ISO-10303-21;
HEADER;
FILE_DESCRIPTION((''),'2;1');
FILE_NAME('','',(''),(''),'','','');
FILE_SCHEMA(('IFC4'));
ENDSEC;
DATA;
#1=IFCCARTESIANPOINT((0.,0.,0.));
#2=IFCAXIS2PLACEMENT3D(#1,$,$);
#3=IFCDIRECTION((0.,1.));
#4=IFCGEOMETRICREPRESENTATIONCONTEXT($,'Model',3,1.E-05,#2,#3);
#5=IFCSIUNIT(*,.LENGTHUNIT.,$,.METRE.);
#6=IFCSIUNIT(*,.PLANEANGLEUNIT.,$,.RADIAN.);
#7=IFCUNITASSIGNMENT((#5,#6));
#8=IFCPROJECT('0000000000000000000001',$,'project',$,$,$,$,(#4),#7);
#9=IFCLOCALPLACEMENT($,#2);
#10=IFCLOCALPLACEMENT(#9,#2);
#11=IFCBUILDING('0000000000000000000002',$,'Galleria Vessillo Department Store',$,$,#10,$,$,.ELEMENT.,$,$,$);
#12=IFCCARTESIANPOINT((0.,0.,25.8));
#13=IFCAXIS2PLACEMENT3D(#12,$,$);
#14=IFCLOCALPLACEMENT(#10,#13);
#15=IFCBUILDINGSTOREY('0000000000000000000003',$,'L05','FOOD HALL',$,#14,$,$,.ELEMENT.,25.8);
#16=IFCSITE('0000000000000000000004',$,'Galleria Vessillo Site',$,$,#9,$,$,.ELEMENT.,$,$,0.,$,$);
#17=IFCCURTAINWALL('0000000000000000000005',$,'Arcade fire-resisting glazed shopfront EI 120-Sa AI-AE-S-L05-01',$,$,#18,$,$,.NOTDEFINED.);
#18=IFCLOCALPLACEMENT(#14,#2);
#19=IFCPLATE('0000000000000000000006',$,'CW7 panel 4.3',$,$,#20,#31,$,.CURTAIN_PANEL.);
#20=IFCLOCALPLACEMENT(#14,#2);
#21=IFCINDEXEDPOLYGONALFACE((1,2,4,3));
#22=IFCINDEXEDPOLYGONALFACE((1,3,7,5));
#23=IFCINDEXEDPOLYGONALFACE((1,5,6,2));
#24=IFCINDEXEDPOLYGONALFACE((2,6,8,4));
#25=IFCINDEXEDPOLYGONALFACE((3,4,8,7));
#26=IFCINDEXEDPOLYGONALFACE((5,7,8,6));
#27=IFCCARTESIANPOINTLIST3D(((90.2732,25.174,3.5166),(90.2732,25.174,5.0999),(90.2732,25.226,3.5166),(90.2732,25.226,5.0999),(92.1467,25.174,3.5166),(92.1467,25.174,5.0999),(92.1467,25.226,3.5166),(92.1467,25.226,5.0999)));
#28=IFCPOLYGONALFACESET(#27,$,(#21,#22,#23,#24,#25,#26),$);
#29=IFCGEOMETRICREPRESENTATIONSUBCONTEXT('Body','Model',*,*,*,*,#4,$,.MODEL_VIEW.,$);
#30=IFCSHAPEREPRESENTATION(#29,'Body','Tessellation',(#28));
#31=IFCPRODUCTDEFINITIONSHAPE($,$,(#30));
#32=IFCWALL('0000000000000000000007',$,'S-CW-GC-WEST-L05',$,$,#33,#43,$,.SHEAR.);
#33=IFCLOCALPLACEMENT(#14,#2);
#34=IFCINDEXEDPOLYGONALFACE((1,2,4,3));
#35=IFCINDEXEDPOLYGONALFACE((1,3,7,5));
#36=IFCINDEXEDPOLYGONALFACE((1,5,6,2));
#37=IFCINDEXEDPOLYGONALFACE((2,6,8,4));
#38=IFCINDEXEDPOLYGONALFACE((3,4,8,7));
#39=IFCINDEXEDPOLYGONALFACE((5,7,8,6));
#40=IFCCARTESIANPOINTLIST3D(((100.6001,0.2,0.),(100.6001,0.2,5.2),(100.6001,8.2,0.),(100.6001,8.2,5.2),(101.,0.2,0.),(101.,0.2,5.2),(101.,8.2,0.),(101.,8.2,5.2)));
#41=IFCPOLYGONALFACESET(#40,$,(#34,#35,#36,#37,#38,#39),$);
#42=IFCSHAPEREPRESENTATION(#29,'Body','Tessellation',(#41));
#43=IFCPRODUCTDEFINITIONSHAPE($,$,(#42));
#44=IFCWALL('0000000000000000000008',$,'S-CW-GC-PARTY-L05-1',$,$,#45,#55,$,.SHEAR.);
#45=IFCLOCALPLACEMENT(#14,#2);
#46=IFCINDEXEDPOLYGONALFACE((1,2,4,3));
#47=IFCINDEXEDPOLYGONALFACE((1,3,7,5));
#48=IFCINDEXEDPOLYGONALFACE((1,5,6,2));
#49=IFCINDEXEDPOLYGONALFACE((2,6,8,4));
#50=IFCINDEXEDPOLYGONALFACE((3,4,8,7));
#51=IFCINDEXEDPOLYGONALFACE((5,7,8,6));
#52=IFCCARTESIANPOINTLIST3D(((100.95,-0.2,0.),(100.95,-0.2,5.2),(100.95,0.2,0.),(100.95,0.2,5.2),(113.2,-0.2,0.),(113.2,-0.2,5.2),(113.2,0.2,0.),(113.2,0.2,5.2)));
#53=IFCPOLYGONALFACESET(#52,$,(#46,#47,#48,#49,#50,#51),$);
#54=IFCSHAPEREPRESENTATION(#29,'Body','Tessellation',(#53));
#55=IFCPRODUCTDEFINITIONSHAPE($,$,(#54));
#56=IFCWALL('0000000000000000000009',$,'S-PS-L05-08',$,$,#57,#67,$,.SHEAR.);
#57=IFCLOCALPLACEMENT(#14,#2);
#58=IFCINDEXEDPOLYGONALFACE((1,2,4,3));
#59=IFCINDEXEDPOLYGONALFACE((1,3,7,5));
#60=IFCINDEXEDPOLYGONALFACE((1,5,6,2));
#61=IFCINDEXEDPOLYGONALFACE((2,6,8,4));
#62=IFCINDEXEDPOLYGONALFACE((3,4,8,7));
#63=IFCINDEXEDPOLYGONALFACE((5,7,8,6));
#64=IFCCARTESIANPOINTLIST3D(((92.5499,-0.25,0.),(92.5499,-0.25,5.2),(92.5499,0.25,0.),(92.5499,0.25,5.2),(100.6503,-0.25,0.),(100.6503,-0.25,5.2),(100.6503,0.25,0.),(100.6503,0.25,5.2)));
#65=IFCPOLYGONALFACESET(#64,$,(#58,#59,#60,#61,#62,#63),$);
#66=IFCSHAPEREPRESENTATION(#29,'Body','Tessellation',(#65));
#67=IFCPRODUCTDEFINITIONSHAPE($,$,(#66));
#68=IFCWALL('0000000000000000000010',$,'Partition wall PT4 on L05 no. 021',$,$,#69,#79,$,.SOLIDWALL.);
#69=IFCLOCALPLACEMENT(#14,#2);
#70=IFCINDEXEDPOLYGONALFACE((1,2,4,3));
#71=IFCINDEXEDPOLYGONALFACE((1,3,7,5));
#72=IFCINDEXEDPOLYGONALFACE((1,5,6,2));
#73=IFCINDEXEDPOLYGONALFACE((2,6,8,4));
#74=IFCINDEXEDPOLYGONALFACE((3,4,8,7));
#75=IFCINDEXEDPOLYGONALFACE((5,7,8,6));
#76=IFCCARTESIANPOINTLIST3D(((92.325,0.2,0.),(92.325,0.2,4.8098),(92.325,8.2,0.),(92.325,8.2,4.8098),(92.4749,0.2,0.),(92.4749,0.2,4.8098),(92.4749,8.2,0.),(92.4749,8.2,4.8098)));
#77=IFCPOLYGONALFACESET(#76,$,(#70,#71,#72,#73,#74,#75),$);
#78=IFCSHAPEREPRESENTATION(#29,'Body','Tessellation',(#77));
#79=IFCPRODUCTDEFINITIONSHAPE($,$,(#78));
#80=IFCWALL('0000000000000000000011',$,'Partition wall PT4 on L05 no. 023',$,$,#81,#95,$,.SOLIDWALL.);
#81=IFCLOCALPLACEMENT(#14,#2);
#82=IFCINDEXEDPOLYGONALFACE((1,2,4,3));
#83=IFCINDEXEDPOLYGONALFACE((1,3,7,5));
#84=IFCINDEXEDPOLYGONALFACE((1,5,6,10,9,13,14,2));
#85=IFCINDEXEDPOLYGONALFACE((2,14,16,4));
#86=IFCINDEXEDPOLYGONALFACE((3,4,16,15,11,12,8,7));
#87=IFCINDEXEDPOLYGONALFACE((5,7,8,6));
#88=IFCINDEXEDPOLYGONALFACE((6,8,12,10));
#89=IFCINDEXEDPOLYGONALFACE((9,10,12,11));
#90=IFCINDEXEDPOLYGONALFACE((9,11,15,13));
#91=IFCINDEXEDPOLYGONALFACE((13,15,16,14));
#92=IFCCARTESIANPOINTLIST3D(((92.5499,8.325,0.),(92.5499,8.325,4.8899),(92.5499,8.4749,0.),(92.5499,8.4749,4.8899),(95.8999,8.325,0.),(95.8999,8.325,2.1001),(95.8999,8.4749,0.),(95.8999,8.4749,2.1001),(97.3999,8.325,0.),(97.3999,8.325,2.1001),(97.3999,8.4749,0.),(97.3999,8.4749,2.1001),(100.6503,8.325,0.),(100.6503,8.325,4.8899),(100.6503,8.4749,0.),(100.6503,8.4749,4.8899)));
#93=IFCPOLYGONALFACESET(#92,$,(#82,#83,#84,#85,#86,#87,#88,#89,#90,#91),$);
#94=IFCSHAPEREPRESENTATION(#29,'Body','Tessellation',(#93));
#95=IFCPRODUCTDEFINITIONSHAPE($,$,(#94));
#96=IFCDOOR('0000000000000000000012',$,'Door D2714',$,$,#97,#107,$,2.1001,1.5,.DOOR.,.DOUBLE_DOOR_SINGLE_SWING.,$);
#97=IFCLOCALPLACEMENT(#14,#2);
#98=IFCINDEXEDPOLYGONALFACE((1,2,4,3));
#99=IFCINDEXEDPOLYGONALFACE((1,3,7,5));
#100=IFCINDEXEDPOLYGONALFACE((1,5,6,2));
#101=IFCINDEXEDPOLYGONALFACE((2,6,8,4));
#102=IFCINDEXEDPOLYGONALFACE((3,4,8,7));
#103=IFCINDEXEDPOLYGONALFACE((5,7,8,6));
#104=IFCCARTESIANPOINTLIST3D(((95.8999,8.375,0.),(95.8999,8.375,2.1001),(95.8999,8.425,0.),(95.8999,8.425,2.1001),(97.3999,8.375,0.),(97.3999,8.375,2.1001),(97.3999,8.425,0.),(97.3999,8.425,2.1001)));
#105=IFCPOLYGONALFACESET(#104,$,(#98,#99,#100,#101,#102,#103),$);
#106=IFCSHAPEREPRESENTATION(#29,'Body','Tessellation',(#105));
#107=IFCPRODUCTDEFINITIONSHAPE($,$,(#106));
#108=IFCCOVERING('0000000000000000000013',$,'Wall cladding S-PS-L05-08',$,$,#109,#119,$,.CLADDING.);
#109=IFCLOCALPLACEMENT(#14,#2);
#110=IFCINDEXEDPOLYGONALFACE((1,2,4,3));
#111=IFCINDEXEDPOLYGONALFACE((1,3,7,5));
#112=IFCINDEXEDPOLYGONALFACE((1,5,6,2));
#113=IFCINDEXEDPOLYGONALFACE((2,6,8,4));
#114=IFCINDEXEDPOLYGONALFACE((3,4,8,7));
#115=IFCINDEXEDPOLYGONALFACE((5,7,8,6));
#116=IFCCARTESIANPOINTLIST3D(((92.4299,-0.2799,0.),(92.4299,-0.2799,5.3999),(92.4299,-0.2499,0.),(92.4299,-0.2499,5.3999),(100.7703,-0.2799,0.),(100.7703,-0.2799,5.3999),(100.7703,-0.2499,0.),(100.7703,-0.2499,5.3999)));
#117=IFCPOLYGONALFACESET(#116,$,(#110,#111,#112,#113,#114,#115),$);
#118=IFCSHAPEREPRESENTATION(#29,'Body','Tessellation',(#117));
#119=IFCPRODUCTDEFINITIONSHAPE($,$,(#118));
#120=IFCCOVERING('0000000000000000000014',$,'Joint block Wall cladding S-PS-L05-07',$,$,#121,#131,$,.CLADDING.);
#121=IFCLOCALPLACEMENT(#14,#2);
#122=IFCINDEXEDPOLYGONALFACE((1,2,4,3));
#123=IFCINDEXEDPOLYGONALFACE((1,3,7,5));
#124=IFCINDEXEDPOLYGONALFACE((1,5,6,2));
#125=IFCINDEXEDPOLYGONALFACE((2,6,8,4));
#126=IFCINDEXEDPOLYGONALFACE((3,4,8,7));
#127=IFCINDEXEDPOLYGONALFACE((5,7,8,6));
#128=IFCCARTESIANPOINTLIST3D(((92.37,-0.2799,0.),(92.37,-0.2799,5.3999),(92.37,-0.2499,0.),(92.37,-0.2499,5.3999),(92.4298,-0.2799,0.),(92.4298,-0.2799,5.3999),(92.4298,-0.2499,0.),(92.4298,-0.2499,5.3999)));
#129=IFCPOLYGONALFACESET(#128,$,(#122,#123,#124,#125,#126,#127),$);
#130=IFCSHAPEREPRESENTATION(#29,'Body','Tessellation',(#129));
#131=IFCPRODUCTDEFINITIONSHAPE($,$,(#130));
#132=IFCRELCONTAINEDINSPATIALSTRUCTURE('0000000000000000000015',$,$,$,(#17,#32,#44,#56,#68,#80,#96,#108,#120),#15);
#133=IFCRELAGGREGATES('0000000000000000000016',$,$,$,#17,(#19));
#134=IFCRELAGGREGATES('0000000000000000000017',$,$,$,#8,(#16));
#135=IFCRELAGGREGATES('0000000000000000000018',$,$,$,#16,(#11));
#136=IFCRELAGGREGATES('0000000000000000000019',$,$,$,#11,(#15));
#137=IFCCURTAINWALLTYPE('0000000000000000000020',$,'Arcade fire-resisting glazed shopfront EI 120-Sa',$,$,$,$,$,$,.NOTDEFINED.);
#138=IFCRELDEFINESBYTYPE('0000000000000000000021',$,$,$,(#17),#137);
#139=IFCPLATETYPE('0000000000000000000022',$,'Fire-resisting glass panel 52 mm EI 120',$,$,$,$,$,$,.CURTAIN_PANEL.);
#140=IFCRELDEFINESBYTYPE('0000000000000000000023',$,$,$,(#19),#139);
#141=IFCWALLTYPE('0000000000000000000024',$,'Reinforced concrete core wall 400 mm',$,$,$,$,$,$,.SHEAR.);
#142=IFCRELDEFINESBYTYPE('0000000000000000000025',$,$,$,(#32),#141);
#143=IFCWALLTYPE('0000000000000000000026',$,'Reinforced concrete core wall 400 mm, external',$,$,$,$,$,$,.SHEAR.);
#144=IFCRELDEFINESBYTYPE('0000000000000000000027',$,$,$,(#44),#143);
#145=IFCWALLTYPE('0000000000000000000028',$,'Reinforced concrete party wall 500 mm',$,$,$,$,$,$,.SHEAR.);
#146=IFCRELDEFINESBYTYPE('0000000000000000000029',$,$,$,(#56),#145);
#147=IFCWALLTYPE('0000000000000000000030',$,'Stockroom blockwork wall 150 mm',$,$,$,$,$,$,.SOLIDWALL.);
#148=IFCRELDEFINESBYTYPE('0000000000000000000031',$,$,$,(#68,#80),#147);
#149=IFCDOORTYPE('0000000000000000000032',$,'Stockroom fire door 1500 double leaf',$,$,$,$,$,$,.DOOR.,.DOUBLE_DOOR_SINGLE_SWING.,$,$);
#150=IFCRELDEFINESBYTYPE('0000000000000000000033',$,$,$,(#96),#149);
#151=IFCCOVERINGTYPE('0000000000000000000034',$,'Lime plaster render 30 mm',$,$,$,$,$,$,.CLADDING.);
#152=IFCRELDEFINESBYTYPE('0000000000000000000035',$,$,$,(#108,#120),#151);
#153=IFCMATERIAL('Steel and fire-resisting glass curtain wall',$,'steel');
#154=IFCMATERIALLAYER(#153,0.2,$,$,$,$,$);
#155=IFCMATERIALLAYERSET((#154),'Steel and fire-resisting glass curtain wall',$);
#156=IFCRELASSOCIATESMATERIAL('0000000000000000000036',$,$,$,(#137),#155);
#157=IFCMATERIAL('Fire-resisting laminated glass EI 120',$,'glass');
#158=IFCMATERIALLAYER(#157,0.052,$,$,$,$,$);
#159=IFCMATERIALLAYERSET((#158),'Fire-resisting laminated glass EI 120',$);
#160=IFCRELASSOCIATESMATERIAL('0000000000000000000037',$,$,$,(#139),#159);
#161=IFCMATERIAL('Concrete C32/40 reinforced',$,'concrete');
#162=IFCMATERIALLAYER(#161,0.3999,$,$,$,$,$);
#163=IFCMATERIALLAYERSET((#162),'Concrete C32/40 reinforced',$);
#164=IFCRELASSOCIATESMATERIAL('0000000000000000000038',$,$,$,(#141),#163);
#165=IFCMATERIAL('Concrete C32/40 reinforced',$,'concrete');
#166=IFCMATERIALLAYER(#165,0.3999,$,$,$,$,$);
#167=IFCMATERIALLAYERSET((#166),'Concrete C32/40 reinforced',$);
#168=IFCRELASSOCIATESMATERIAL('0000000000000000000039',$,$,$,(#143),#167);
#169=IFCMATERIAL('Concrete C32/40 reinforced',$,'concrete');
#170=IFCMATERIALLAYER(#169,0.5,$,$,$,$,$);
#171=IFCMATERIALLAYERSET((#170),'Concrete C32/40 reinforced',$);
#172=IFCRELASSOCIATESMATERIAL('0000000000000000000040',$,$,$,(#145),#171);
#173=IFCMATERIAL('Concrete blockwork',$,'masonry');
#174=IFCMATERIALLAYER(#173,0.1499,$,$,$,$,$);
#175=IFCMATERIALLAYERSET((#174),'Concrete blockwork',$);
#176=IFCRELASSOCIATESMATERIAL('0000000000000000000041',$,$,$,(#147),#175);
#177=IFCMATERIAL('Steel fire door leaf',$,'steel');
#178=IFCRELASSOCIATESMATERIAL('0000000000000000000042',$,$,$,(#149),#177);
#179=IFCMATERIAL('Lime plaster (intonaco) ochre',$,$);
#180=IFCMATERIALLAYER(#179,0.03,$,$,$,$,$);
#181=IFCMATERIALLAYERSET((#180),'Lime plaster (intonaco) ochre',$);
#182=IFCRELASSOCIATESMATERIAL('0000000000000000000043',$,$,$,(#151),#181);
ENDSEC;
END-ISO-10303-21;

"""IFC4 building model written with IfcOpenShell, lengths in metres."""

from ifc_helpers import new_model, si_unit, direction, frame, frame_2d, origin, origin_2d, place, context, subcontext, project, spatial, rectangle, extrude, material, layer, layer_set, type_object, element, fill, aggregate, save


model = new_model("IFC4")

# Units and contexts
model_context = context("Model", 3, precision=1e-05, world=origin(), true_north=direction((0.0, 1.0)))
body_context = subcontext(model_context, "Body", "Model", "MODEL_VIEW")
ifc_project = project(units=[si_unit("LENGTHUNIT", "METRE"), si_unit("PLANEANGLEUNIT", "RADIAN")], contexts=[model_context])

# Site, building, storey
site_placement = place(None, origin())
site = spatial("IfcSite", under=ifc_project, at=site_placement, Name="Galleria Vessillo Site", CompositionType="ELEMENT", RefElevation=0.0)
building_placement = place(site_placement, origin())
building = spatial("IfcBuilding", under=site, at=building_placement, Name="Galleria Vessillo Department Store", CompositionType="ELEMENT")
storey_placement = place(building_placement, frame((0.0, 0.0, 25.8)))
storey = spatial("IfcBuildingStorey", under=building, at=storey_placement, Name="L05", Description="FOOD HALL", CompositionType="ELEMENT", Elevation=25.8)

# Curtain wall, plate
ifc_material_1 = material(Name="Steel and fire-resisting glass curtain wall", Category="steel")
ifc_layer_1 = layer(ifc_material_1, 0.2)
ifc_layer_set_1 = layer_set([ifc_layer_1], Name="Steel and fire-resisting glass curtain wall")
curtain_wall_type = type_object("IfcCurtainWallType", Name="Arcade fire-resisting glazed shopfront EI 120-Sa", PredefinedType="NOTDEFINED", material=ifc_layer_set_1)
curtain_wall_placement = place(storey_placement, origin())
curtain_wall = element("IfcCurtainWall", 1, at=curtain_wall_placement, inside=storey, type_object=curtain_wall_type, Name="Arcade fire-resisting glazed shopfront EI 120-Sa AI-AE-S-L05-01", PredefinedType="NOTDEFINED")
ifc_material_2 = material(Name="Fire-resisting laminated glass EI 120", Category="glass")
ifc_layer_2 = layer(ifc_material_2, 0.052)
ifc_layer_set_2 = layer_set([ifc_layer_2], Name="Fire-resisting laminated glass EI 120")
plate_type = type_object("IfcPlateType", Name="Fire-resisting glass panel 52 mm EI 120", PredefinedType="CURTAIN_PANEL", material=ifc_layer_set_2)
plate_1_placement = place(storey_placement, frame((91.21, 25.2, 3.5166), z_axis=(0.0, 0.0, 1.0), x_axis=(1.0, 0.0, 0.0)))
plate_1 = element("IfcPlate", 2, at=plate_1_placement, type_object=plate_type, Name="CW7 panel 4.3", PredefinedType="CURTAIN_PANEL", context=body_context, shape_type="SweptSolid", body=[
    extrude(rectangle(XDim=1.8735, YDim=0.052, at=origin_2d()), origin(), (0.0, 0.0, 1.0), 1.5833),
])
aggregate(curtain_wall, [plate_1])

# Shared definitions
ifc_material_3 = material(Name="Concrete C32/40 reinforced", Category="concrete")
ifc_layer_3 = layer(ifc_material_3, 0.3999)
ifc_layer_set_3 = layer_set([ifc_layer_3], Name="Concrete C32/40 reinforced")
wall_type_1 = type_object("IfcWallType", Name="Reinforced concrete core wall 400 mm", PredefinedType="SHEAR", material=ifc_layer_set_3)

# Walls
wall_1_placement = place(storey_placement, frame((100.8, 0.2, 0.0), z_axis=(0.0, 0.0, 1.0), x_axis=(0.0, 1.0, 0.0)))
element("IfcWall", 3, at=wall_1_placement, inside=storey, type_object=wall_type_1, Name="S-CW-GC-WEST-L05", PredefinedType="SHEAR", context=body_context, shape_type="SweptSolid", body=[
    extrude(rectangle(XDim=8.0, YDim=0.3999, at=frame_2d((4.0, 0.0))), origin(), (0.0, 0.0, 1.0), 5.2),
])
ifc_material_4 = material(Name="Concrete C32/40 reinforced", Category="concrete")
ifc_layer_4 = layer(ifc_material_4, 0.3999)
ifc_layer_set_4 = layer_set([ifc_layer_4], Name="Concrete C32/40 reinforced")
wall_type_2 = type_object("IfcWallType", Name="Reinforced concrete core wall 400 mm, external", PredefinedType="SHEAR", material=ifc_layer_set_4)
wall_2_placement = place(storey_placement, frame((100.95, 0.0, 0.0), z_axis=(0.0, 0.0, 1.0), x_axis=(1.0, 0.0, 0.0)))
element("IfcWall", 4, at=wall_2_placement, inside=storey, type_object=wall_type_2, Name="S-CW-GC-PARTY-L05-1", PredefinedType="SHEAR", context=body_context, shape_type="SweptSolid", body=[
    extrude(rectangle(XDim=12.25, YDim=0.3999, at=frame_2d((6.125, 0.0))), origin(), (0.0, 0.0, 1.0), 5.2),
])
ifc_material_5 = material(Name="Concrete C32/40 reinforced", Category="concrete")
ifc_layer_5 = layer(ifc_material_5, 0.5)
ifc_layer_set_5 = layer_set([ifc_layer_5], Name="Concrete C32/40 reinforced")
wall_type_3 = type_object("IfcWallType", Name="Reinforced concrete party wall 500 mm", PredefinedType="SHEAR", material=ifc_layer_set_5)
wall_3_placement = place(storey_placement, frame((92.5498, 0.0, 0.0), z_axis=(0.0, 0.0, 1.0), x_axis=(1.0, 0.0, 0.0)))
element("IfcWall", 5, at=wall_3_placement, inside=storey, type_object=wall_type_3, Name="S-PS-L05-08", PredefinedType="SHEAR", context=body_context, shape_type="SweptSolid", body=[
    extrude(rectangle(XDim=8.1003, YDim=0.5, at=frame_2d((4.0503, 0.0))), origin(), (0.0, 0.0, 1.0), 5.2),
])
ifc_material_6 = material(Name="Concrete blockwork", Category="masonry")
ifc_layer_6 = layer(ifc_material_6, 0.1499)
ifc_layer_set_6 = layer_set([ifc_layer_6], Name="Concrete blockwork")
wall_type_4 = type_object("IfcWallType", Name="Stockroom blockwork wall 150 mm", PredefinedType="SOLIDWALL", material=ifc_layer_set_6)
wall_4_placement = place(storey_placement, frame((92.3999, 0.2, 0.0), z_axis=(0.0, 0.0, 1.0), x_axis=(0.0, 1.0, 0.0)))
element("IfcWall", 6, at=wall_4_placement, inside=storey, type_object=wall_type_4, Name="Partition wall PT4 on L05 no. 021", PredefinedType="SOLIDWALL", context=body_context, shape_type="SweptSolid", body=[
    extrude(rectangle(XDim=8.0, YDim=0.1499, at=frame_2d((4.0, 0.0))), origin(), (0.0, 0.0, 1.0), 4.8098),
])

# Wall, opening, door
wall_5_placement = place(storey_placement, frame((92.5498, 8.3999, 0.0), z_axis=(0.0, 0.0, 1.0), x_axis=(1.0, 0.0, 0.0)))
wall_5 = element("IfcWall", 7, at=wall_5_placement, inside=storey, type_object=wall_type_4, Name="Partition wall PT4 on L05 no. 023", PredefinedType="SOLIDWALL", context=body_context, shape_type="SweptSolid", body=[
    extrude(rectangle(XDim=8.1003, YDim=0.1499, at=frame_2d((4.0503, 0.0))), origin(), (0.0, 0.0, 1.0), 4.8899),
])
opening_1_placement = place(wall_5_placement, frame((3.3501, 0.0, 0.0)))
opening_1 = element("IfcOpeningElement", 8, at=opening_1_placement, cuts=wall_5, PredefinedType="OPENING", context=body_context, shape_type="SweptSolid", body=[
    extrude(rectangle(XDim=1.5, YDim=2.1001, at=frame_2d((0.75, 1.05))), frame((0.0, 0.085, 0.0), z_axis=(0.0, -1.0, 0.0), x_axis=(1.0, 0.0, 0.0)), (0.0, 0.0, 1.0), 0.1699),
])
ifc_material_7 = material(Name="Steel fire door leaf", Category="steel")
door_type_1 = type_object("IfcDoorType", Name="Stockroom fire door 1500 double leaf", OperationType="DOUBLE_DOOR_SINGLE_SWING", PredefinedType="DOOR", material=ifc_material_7)
door_1_placement = place(opening_1_placement, frame((1.5, 0.0, 0.0), z_axis=(0.0, 0.0, 1.0), x_axis=(-1.0, 0.0, 0.0)))
door_1 = element("IfcDoor", 9, at=door_1_placement, inside=storey, type_object=door_type_1, Name="Door D2714", OperationType="DOUBLE_DOOR_SINGLE_SWING", OverallHeight=2.1001, OverallWidth=1.5, PredefinedType="DOOR", context=body_context, shape_type="SweptSolid", body=[
    extrude(rectangle(XDim=1.5, YDim=2.1001, at=frame_2d((0.75, 1.05))), frame((0.0, 0.0249, 0.0), z_axis=(0.0, -1.0, 0.0), x_axis=(1.0, 0.0, 0.0)), (0.0, 0.0, 1.0), 0.05),
])
fill(opening_1, door_1)

# Coverings
ifc_material_8 = material(Name="Lime plaster (intonaco) ochre")
ifc_layer_7 = layer(ifc_material_8, 0.03)
ifc_layer_set_7 = layer_set([ifc_layer_7], Name="Lime plaster (intonaco) ochre")
covering_type = type_object("IfcCoveringType", Name="Lime plaster render 30 mm", PredefinedType="CLADDING", material=ifc_layer_set_7)
covering_1_placement = place(storey_placement, frame((96.6001, -0.2649, 0.0), z_axis=(0.0, 0.0, 1.0), x_axis=(1.0, 0.0, 0.0)))
element("IfcCovering", 10, at=covering_1_placement, inside=storey, type_object=covering_type, Name="Wall cladding S-PS-L05-08", PredefinedType="CLADDING", context=body_context, shape_type="SweptSolid", body=[
    extrude(rectangle(XDim=8.3403, YDim=0.03, at=origin_2d()), origin(), (0.0, 0.0, 1.0), 5.3999),
])
covering_2_placement = place(storey_placement, frame((92.3999, -0.2649, 0.0), z_axis=(0.0, 0.0, 1.0), x_axis=(1.0, 0.0, 0.0)))
element("IfcCovering", 11, at=covering_2_placement, inside=storey, type_object=covering_type, Name="Joint block Wall cladding S-PS-L05-07", PredefinedType="CLADDING", context=body_context, shape_type="SweptSolid", body=[
    extrude(rectangle(XDim=0.0598, YDim=0.03, at=origin_2d()), origin(), (0.0, 0.0, 1.0), 5.3999),
])

save(model, "model.ifc")
